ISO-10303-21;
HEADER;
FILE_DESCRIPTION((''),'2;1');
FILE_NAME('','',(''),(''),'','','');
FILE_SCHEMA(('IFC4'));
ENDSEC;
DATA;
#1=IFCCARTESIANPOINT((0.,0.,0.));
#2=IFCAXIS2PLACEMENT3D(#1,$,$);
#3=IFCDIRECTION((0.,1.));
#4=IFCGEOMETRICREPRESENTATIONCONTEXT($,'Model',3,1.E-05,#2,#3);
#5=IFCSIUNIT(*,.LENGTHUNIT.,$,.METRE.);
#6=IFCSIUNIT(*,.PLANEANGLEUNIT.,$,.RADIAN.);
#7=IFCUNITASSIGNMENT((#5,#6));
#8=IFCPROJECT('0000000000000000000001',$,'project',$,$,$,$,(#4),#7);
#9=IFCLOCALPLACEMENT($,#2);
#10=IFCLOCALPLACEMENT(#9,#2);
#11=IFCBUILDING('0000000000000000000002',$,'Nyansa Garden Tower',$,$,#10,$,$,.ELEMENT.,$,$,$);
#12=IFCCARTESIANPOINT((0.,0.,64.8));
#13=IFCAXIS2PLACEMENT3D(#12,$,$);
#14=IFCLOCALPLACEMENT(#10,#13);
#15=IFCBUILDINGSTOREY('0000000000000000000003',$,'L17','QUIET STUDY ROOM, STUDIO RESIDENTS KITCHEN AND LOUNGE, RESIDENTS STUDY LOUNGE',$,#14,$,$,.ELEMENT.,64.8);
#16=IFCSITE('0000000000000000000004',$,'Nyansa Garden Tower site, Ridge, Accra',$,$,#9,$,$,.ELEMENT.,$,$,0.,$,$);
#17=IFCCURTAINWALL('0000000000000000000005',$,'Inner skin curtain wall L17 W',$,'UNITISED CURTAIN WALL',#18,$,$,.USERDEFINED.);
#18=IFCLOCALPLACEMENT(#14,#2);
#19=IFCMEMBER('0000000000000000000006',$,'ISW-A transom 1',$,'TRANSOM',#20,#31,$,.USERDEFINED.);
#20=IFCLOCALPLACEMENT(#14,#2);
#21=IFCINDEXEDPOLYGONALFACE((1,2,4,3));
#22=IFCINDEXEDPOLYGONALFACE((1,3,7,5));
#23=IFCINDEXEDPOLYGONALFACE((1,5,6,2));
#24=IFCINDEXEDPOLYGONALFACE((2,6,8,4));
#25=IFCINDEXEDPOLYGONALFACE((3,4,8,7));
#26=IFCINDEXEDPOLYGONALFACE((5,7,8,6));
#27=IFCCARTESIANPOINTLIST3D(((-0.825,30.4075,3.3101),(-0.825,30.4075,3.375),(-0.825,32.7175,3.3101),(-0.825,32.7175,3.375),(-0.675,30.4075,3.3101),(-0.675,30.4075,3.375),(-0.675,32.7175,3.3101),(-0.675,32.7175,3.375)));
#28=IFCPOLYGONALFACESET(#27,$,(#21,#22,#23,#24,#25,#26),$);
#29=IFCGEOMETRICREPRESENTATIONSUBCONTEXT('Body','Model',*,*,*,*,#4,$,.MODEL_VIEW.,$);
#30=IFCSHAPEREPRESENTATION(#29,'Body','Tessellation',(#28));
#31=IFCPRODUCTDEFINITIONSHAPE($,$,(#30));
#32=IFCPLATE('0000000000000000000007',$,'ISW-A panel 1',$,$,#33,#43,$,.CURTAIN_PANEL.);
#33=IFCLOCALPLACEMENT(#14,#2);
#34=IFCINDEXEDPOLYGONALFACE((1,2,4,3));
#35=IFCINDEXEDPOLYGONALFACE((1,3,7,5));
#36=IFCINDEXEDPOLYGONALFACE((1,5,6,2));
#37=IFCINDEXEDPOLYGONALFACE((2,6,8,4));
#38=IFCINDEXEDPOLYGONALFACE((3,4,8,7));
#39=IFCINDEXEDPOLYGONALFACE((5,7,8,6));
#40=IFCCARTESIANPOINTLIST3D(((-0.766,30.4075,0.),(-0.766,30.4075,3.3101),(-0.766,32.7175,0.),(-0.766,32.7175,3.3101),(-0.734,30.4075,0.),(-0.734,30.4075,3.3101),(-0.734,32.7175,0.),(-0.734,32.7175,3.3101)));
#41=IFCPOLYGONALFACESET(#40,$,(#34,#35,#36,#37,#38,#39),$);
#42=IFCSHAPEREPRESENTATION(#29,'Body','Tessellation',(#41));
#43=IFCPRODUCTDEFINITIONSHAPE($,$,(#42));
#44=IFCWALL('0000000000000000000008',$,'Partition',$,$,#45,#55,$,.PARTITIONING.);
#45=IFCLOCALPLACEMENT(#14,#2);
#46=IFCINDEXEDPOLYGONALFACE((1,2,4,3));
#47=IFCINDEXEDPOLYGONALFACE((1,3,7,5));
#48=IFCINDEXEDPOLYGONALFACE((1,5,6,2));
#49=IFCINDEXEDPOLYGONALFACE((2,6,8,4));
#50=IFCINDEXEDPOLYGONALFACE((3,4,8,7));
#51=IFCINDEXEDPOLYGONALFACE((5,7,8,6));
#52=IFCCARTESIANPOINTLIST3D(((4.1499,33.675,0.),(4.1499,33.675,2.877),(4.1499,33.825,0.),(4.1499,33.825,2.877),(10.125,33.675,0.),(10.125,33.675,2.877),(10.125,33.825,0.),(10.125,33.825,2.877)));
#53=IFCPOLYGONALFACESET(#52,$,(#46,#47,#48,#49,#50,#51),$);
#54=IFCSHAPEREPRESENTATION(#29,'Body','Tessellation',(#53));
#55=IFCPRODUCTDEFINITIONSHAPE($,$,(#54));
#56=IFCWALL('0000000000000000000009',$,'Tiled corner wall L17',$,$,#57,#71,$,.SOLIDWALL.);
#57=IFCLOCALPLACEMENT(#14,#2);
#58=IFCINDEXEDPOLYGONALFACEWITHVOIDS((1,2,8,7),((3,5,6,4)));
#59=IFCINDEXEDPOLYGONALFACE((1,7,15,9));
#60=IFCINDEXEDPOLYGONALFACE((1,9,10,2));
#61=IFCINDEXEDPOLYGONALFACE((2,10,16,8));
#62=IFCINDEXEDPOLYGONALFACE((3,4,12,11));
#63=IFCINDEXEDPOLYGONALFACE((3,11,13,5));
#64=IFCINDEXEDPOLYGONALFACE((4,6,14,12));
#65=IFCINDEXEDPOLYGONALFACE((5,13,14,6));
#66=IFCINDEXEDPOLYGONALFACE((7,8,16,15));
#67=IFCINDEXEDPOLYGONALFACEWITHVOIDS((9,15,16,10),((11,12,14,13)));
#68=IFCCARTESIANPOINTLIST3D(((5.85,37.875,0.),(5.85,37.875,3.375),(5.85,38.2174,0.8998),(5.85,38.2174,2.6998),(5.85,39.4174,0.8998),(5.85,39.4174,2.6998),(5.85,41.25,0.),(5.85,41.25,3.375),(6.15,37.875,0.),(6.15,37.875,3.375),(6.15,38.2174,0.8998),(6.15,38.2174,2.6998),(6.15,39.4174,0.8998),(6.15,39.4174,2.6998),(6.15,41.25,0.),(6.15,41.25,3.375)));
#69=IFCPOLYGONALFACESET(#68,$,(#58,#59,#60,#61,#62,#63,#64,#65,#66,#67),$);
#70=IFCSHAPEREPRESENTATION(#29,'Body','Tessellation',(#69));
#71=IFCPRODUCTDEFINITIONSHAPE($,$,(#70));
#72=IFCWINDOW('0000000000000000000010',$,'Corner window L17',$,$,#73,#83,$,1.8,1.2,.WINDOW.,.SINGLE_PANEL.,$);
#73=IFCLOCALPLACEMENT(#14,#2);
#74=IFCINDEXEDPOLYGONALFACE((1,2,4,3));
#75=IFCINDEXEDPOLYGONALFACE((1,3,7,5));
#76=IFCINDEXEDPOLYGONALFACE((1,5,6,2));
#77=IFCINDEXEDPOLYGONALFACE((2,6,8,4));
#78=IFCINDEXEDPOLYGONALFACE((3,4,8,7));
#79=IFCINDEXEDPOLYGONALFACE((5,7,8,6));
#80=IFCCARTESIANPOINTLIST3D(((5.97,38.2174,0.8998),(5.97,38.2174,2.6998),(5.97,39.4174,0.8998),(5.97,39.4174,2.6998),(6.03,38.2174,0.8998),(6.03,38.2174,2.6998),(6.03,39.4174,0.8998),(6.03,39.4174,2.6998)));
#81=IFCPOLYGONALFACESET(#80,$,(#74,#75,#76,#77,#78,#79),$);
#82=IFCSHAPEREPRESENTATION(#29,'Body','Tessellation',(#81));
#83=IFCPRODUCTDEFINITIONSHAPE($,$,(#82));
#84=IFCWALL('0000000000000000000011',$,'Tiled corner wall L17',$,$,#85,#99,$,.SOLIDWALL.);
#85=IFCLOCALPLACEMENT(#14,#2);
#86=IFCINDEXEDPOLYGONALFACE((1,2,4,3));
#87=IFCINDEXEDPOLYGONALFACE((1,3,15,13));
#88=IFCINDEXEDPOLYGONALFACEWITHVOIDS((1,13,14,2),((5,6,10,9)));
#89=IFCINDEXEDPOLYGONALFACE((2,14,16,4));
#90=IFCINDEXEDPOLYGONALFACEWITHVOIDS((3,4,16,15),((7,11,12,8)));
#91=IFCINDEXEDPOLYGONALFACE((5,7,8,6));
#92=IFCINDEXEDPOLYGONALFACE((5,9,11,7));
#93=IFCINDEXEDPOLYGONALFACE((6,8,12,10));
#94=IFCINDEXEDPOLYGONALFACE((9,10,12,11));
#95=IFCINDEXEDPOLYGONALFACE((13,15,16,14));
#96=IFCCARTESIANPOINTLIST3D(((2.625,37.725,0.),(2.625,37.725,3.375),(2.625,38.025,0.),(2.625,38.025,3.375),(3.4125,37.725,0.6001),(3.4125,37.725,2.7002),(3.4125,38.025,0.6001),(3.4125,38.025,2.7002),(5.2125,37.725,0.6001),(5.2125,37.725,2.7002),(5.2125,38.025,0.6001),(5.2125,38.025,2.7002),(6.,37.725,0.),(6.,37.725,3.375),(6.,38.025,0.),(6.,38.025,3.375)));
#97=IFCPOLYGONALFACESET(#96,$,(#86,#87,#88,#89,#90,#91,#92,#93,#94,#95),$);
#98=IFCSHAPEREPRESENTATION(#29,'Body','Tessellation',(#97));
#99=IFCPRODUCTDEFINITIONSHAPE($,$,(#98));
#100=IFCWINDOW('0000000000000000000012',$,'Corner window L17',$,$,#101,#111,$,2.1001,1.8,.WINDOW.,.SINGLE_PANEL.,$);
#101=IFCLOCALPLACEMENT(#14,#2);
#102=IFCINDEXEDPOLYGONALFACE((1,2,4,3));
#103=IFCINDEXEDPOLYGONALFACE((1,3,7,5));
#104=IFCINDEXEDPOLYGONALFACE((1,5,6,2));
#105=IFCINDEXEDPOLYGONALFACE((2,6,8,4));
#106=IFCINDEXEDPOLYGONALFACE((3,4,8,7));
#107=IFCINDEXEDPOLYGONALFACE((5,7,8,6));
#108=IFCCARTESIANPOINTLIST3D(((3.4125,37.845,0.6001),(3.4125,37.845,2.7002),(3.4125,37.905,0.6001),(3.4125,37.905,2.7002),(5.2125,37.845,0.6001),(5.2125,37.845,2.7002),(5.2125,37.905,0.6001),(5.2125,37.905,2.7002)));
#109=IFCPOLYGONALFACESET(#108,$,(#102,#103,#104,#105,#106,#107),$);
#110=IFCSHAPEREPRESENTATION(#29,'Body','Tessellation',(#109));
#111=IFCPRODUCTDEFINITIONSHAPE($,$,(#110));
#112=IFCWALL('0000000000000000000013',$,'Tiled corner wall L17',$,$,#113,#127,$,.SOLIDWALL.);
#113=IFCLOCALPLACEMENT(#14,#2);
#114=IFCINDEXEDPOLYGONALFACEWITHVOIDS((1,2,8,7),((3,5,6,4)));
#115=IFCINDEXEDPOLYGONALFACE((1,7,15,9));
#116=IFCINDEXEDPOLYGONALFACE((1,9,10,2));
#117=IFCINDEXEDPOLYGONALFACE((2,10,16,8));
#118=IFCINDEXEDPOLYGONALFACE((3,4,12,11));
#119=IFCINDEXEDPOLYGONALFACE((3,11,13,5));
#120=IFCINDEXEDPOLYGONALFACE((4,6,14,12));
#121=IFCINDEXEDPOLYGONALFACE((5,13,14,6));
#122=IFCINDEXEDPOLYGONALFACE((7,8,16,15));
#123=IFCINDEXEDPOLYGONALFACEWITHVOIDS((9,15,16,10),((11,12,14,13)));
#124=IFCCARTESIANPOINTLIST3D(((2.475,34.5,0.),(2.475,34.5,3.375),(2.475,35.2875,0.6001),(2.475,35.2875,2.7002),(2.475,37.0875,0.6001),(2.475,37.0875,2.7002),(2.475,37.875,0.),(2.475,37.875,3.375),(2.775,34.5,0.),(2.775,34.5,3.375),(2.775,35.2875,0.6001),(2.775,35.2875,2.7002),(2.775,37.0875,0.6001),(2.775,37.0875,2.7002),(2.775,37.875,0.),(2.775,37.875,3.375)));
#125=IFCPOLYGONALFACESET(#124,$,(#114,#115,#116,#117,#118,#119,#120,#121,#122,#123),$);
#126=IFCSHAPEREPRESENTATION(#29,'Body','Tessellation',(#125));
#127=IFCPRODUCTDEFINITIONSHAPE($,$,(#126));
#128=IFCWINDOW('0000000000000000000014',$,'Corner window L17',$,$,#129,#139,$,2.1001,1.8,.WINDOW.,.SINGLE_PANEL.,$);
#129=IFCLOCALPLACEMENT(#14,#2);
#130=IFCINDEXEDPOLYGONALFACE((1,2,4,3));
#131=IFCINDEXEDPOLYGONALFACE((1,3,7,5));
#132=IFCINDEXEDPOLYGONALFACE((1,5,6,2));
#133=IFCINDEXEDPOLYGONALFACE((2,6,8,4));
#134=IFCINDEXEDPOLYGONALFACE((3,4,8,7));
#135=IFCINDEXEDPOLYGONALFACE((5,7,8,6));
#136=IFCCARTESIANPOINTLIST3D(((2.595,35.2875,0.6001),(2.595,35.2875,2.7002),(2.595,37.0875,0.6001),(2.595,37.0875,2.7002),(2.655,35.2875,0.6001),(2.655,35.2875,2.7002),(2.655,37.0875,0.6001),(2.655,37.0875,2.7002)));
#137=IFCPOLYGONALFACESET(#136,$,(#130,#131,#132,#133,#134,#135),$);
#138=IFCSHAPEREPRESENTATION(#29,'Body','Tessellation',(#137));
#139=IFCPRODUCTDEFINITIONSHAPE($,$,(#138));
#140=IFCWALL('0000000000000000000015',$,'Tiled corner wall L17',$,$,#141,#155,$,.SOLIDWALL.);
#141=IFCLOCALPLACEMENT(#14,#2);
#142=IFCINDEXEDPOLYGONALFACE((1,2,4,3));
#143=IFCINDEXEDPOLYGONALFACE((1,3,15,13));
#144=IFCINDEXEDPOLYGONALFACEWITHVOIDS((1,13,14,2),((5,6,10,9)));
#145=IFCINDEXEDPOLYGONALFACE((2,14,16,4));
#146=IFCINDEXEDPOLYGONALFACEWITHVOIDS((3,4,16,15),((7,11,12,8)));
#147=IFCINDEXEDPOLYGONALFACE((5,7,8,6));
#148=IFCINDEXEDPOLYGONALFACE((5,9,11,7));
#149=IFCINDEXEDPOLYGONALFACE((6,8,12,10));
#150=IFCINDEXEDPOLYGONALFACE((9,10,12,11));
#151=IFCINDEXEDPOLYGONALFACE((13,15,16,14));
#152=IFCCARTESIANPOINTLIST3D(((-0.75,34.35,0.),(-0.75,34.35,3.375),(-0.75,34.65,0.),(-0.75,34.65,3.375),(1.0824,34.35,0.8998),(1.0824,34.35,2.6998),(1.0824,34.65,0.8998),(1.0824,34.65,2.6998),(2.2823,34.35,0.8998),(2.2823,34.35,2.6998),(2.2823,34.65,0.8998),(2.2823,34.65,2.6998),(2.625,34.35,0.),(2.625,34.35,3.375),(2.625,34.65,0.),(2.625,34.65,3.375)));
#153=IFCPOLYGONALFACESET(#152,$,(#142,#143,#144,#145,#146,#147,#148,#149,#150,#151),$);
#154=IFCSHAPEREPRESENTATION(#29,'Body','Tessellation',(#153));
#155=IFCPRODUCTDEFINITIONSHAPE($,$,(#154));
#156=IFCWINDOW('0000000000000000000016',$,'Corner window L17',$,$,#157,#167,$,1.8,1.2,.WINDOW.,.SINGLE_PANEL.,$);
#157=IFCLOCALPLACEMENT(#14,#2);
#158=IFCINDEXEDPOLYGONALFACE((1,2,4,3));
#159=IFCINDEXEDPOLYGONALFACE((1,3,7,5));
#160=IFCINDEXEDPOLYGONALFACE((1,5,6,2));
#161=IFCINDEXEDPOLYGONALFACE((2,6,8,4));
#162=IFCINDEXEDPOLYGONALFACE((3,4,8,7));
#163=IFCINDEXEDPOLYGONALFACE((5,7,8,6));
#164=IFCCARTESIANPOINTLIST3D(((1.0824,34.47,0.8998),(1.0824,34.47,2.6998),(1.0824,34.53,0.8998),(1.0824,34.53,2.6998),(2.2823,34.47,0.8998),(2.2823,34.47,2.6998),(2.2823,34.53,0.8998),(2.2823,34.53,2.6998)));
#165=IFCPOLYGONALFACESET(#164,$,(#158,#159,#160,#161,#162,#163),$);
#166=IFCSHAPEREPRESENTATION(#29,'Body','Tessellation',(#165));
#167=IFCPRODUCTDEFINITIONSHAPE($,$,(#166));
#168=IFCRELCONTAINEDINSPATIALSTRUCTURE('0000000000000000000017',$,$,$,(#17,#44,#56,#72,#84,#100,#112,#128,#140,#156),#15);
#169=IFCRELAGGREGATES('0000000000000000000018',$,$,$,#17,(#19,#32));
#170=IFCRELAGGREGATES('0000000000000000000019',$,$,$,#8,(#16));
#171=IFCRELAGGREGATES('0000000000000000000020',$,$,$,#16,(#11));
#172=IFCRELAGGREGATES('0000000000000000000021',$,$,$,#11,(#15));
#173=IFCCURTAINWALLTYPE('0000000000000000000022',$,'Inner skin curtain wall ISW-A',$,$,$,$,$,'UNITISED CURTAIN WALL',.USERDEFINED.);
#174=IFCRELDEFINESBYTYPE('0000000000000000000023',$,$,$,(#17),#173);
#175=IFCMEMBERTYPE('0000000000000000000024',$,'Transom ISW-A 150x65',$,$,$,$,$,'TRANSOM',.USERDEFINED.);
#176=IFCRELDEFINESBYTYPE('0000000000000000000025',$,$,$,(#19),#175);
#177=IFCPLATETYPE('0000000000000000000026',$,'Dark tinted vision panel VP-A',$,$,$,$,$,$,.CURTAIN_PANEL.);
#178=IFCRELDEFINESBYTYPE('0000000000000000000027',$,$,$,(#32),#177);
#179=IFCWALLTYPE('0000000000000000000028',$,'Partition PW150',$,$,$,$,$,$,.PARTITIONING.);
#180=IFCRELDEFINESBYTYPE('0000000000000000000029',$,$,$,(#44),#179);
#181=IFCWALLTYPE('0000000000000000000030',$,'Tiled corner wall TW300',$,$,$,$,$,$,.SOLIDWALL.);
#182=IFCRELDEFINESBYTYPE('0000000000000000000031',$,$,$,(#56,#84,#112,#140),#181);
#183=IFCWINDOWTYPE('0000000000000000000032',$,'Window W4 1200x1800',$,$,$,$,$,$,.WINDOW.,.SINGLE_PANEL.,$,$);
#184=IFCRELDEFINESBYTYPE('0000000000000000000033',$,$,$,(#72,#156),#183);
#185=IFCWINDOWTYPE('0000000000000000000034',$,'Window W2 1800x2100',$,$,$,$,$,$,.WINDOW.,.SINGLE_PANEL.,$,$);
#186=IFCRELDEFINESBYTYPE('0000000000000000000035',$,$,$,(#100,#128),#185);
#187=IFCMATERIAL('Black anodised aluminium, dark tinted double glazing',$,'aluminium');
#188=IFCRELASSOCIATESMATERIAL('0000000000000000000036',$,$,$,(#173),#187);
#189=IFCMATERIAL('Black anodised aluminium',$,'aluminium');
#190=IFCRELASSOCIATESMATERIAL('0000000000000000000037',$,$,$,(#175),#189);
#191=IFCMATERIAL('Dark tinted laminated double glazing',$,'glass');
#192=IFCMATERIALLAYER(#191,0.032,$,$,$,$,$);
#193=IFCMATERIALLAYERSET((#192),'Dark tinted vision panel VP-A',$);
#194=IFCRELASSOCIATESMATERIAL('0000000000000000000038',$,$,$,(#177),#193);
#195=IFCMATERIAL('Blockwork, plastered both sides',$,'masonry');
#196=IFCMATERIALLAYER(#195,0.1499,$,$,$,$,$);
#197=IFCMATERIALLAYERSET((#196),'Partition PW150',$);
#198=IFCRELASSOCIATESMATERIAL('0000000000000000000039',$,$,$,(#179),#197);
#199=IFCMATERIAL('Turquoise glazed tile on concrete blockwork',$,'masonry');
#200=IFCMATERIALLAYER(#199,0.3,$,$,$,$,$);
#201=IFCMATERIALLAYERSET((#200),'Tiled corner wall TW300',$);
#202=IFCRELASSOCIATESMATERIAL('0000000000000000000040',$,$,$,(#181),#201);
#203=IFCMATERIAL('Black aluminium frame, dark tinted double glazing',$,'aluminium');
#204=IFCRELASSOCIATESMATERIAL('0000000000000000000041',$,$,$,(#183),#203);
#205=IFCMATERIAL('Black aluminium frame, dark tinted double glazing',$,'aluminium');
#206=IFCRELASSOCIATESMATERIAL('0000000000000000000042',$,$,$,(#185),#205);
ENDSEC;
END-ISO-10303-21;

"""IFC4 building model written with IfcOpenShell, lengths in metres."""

from ifc_helpers import new_model, si_unit, direction, frame, frame_2d, origin, origin_2d, place, context, subcontext, project, spatial, rectangle, extrude, material, layer, layer_set, material_profile, profile_set, type_object, element, fill, aggregate, save


model = new_model("IFC4")

# Units and contexts
model_context = context("Model", 3, precision=1e-05, world=origin(), true_north=direction((0.0, 1.0)))
body_context = subcontext(model_context, "Body", "Model", "MODEL_VIEW")
ifc_project = project(units=[si_unit("LENGTHUNIT", "METRE"), si_unit("PLANEANGLEUNIT", "RADIAN")], contexts=[model_context])

# Site, building, storey
site_placement = place(None, origin())
site = spatial("IfcSite", under=ifc_project, at=site_placement, Name="Nyansa Garden Tower site, Ridge, Accra", CompositionType="ELEMENT", RefElevation=0.0)
building_placement = place(site_placement, origin())
building = spatial("IfcBuilding", under=site, at=building_placement, Name="Nyansa Garden Tower", CompositionType="ELEMENT")
storey_placement = place(building_placement, frame((0.0, 0.0, 64.8)))
storey = spatial("IfcBuildingStorey", under=building, at=storey_placement, Name="L17", Description="QUIET STUDY ROOM, STUDIO RESIDENTS KITCHEN AND LOUNGE, RESIDENTS STUDY LOUNGE", CompositionType="ELEMENT", Elevation=64.8)

# Curtain wall
ifc_material_1 = material(Name="Black anodised aluminium, dark tinted double glazing", Category="aluminium")
curtain_wall_type = type_object("IfcCurtainWallType", Name="Inner skin curtain wall ISW-A", ElementType="UNITISED CURTAIN WALL", PredefinedType="USERDEFINED", material=ifc_material_1)
curtain_wall_placement = place(storey_placement, origin())
curtain_wall = element("IfcCurtainWall", 1, at=curtain_wall_placement, inside=storey, type_object=curtain_wall_type, Name="Inner skin curtain wall L17 W", ObjectType="UNITISED CURTAIN WALL", PredefinedType="USERDEFINED")

# Member
ifc_material_2 = material(Name="Black anodised aluminium", Category="aluminium")
ifc_material_profile_1 = material_profile(ifc_material_2, rectangle(XDim=0.1499, YDim=0.0649, at=origin_2d()), Name="Transom 150x65")
ifc_profile_set_1 = profile_set([ifc_material_profile_1], Name="Black anodised aluminium")
member_type_1 = type_object("IfcMemberType", Name="Transom ISW-A 150x65", ElementType="TRANSOM", PredefinedType="USERDEFINED", material=ifc_profile_set_1)
member_1_placement = place(storey_placement, frame((-0.75, 32.7175, 3.3425), z_axis=(0.0, -1.0, 0.0), x_axis=(1.0, 0.0, 0.0)))
member_1 = element("IfcMember", 2, at=member_1_placement, type_object=member_type_1, Name="ISW-A transom 1", ObjectType="TRANSOM", PredefinedType="USERDEFINED", context=body_context, shape_type="SweptSolid", body=[
    extrude(rectangle(XDim=0.1499, YDim=0.0649, at=origin_2d()), origin(), (0.0, 0.0, 1.0), 2.3101),
])

# Plate
ifc_material_3 = material(Name="Dark tinted laminated double glazing", Category="glass")
ifc_layer_1 = layer(ifc_material_3, 0.032)
ifc_layer_set_1 = layer_set([ifc_layer_1], Name="Dark tinted vision panel VP-A")
plate_type = type_object("IfcPlateType", Name="Dark tinted vision panel VP-A", PredefinedType="CURTAIN_PANEL", material=ifc_layer_set_1)
plate_placement = place(storey_placement, frame((-0.75, 31.5625, 0.0), z_axis=(0.0, 0.0, 1.0), x_axis=(0.0, -1.0, 0.0)))
plate = element("IfcPlate", 3, at=plate_placement, type_object=plate_type, Name="ISW-A panel 1", PredefinedType="CURTAIN_PANEL", context=body_context, shape_type="SweptSolid", body=[
    extrude(rectangle(XDim=2.3101, YDim=0.032, at=origin_2d()), origin(), (0.0, 0.0, 1.0), 3.3101),
])
aggregate(curtain_wall, [member_1, plate])

# Wall
ifc_material_4 = material(Name="Blockwork, plastered both sides", Category="masonry")
ifc_layer_2 = layer(ifc_material_4, 0.1499)
ifc_layer_set_2 = layer_set([ifc_layer_2], Name="Partition PW150")
wall_type_1 = type_object("IfcWallType", Name="Partition PW150", PredefinedType="PARTITIONING", material=ifc_layer_set_2)
wall_1_placement = place(storey_placement, frame((4.1499, 33.75, 0.0), z_axis=(0.0, 0.0, 1.0), x_axis=(1.0, 0.0, 0.0)))
element("IfcWall", 4, at=wall_1_placement, inside=storey, type_object=wall_type_1, Name="Partition", PredefinedType="PARTITIONING", context=body_context, shape_type="SweptSolid", body=[
    extrude(rectangle(XDim=5.9751, YDim=0.1499, at=frame_2d((2.9875, 0.0))), origin(), (0.0, 0.0, 1.0), 2.877),
])

# Walls, openings, windows
ifc_material_5 = material(Name="Turquoise glazed tile on concrete blockwork", Category="masonry")
ifc_layer_3 = layer(ifc_material_5, 0.3)
ifc_layer_set_3 = layer_set([ifc_layer_3], Name="Tiled corner wall TW300")
wall_type_2 = type_object("IfcWallType", Name="Tiled corner wall TW300", PredefinedType="SOLIDWALL", material=ifc_layer_set_3)
wall_2_placement = place(storey_placement, frame((6.0, 41.25, 0.0), z_axis=(0.0, 0.0, 1.0), x_axis=(0.0, -1.0, 0.0)))
wall_2 = element("IfcWall", 5, at=wall_2_placement, inside=storey, type_object=wall_type_2, Name="Tiled corner wall L17", PredefinedType="SOLIDWALL", context=body_context, shape_type="SweptSolid", body=[
    extrude(rectangle(XDim=3.375, YDim=0.3, at=frame_2d((1.6875, 0.0))), origin(), (0.0, 0.0, 1.0), 3.375),
])
opening_1_placement = place(wall_2_placement, frame((1.8325, 0.0, 0.8999)))
opening_1 = element("IfcOpeningElement", 6, at=opening_1_placement, cuts=wall_2, PredefinedType="OPENING", context=body_context, shape_type="SweptSolid", body=[
    extrude(rectangle(XDim=1.2, YDim=1.8, at=frame_2d((0.6001, 0.8999))), frame((0.0, 0.1599, 0.0), z_axis=(0.0, -1.0, 0.0), x_axis=(1.0, 0.0, 0.0)), (0.0, 0.0, 1.0), 0.3201),
])
ifc_material_6 = material(Name="Black aluminium frame, dark tinted double glazing", Category="aluminium")
window_type_1 = type_object("IfcWindowType", Name="Window W4 1200x1800", PartitioningType="SINGLE_PANEL", PredefinedType="WINDOW", material=ifc_material_6)
window_1_placement = place(opening_1_placement, origin())
window_1 = element("IfcWindow", 7, at=window_1_placement, inside=storey, type_object=window_type_1, Name="Corner window L17", OverallHeight=1.8, OverallWidth=1.2, PartitioningType="SINGLE_PANEL", PredefinedType="WINDOW", context=body_context, shape_type="SweptSolid", body=[
    extrude(rectangle(XDim=1.2, YDim=1.8, at=frame_2d((0.6001, 0.8999))), frame((0.0, 0.03, 0.0), z_axis=(0.0, -1.0, 0.0), x_axis=(1.0, 0.0, 0.0)), (0.0, 0.0, 1.0), 0.0601),
])
fill(opening_1, window_1)
wall_3_placement = place(storey_placement, frame((6.0, 37.875, 0.0), z_axis=(0.0, 0.0, 1.0), x_axis=(-1.0, 0.0, 0.0)))
wall_3 = element("IfcWall", 8, at=wall_3_placement, inside=storey, type_object=wall_type_2, Name="Tiled corner wall L17", PredefinedType="SOLIDWALL", context=body_context, shape_type="SweptSolid", body=[
    extrude(rectangle(XDim=3.375, YDim=0.3, at=frame_2d((1.6875, 0.0))), origin(), (0.0, 0.0, 1.0), 3.375),
])
opening_2_placement = place(wall_3_placement, frame((0.7876, 0.0, 0.6001)))
opening_2 = element("IfcOpeningElement", 9, at=opening_2_placement, cuts=wall_3, PredefinedType="OPENING", context=body_context, shape_type="SweptSolid", body=[
    extrude(rectangle(XDim=1.8, YDim=2.1001, at=frame_2d((0.8999, 1.05))), frame((0.0, 0.1599, 0.0), z_axis=(0.0, -1.0, 0.0), x_axis=(1.0, 0.0, 0.0)), (0.0, 0.0, 1.0), 0.3201),
])
ifc_material_7 = material(Name="Black aluminium frame, dark tinted double glazing", Category="aluminium")
window_type_2 = type_object("IfcWindowType", Name="Window W2 1800x2100", PartitioningType="SINGLE_PANEL", PredefinedType="WINDOW", material=ifc_material_7)
window_2_placement = place(opening_2_placement, origin())
window_2 = element("IfcWindow", 10, at=window_2_placement, inside=storey, type_object=window_type_2, Name="Corner window L17", OverallHeight=2.1001, OverallWidth=1.8, PartitioningType="SINGLE_PANEL", PredefinedType="WINDOW", context=body_context, shape_type="SweptSolid", body=[
    extrude(rectangle(XDim=1.8, YDim=2.1001, at=frame_2d((0.8999, 1.05))), frame((0.0, 0.03, 0.0), z_axis=(0.0, -1.0, 0.0), x_axis=(1.0, 0.0, 0.0)), (0.0, 0.0, 1.0), 0.0601),
])
fill(opening_2, window_2)
wall_4_placement = place(storey_placement, frame((2.625, 37.875, 0.0), z_axis=(0.0, 0.0, 1.0), x_axis=(0.0, -1.0, 0.0)))
wall_4 = element("IfcWall", 11, at=wall_4_placement, inside=storey, type_object=wall_type_2, Name="Tiled corner wall L17", PredefinedType="SOLIDWALL", context=body_context, shape_type="SweptSolid", body=[
    extrude(rectangle(XDim=3.375, YDim=0.3, at=frame_2d((1.6875, 0.0))), origin(), (0.0, 0.0, 1.0), 3.375),
])
opening_3_placement = place(wall_4_placement, frame((0.7876, 0.0, 0.6001)))
opening_3 = element("IfcOpeningElement", 12, at=opening_3_placement, cuts=wall_4, PredefinedType="OPENING", context=body_context, shape_type="SweptSolid", body=[
    extrude(rectangle(XDim=1.8, YDim=2.1001, at=frame_2d((0.8999, 1.05))), frame((0.0, 0.1599, 0.0), z_axis=(0.0, -1.0, 0.0), x_axis=(1.0, 0.0, 0.0)), (0.0, 0.0, 1.0), 0.3201),
])
window_3_placement = place(opening_3_placement, origin())
window_3 = element("IfcWindow", 13, at=window_3_placement, inside=storey, type_object=window_type_2, Name="Corner window L17", OverallHeight=2.1001, OverallWidth=1.8, PartitioningType="SINGLE_PANEL", PredefinedType="WINDOW", context=body_context, shape_type="SweptSolid", body=[
    extrude(rectangle(XDim=1.8, YDim=2.1001, at=frame_2d((0.8999, 1.05))), frame((0.0, 0.03, 0.0), z_axis=(0.0, -1.0, 0.0), x_axis=(1.0, 0.0, 0.0)), (0.0, 0.0, 1.0), 0.0601),
])
fill(opening_3, window_3)
wall_5_placement = place(storey_placement, frame((2.625, 34.5, 0.0), z_axis=(0.0, 0.0, 1.0), x_axis=(-1.0, 0.0, 0.0)))
wall_5 = element("IfcWall", 14, at=wall_5_placement, inside=storey, type_object=wall_type_2, Name="Tiled corner wall L17", PredefinedType="SOLIDWALL", context=body_context, shape_type="SweptSolid", body=[
    extrude(rectangle(XDim=3.375, YDim=0.3, at=frame_2d((1.6875, 0.0))), origin(), (0.0, 0.0, 1.0), 3.375),
])
opening_4_placement = place(wall_5_placement, frame((0.3425, 0.0, 0.8999)))
opening_4 = element("IfcOpeningElement", 15, at=opening_4_placement, cuts=wall_5, PredefinedType="OPENING", context=body_context, shape_type="SweptSolid", body=[
    extrude(rectangle(XDim=1.2, YDim=1.8, at=frame_2d((0.6001, 0.8999))), frame((0.0, 0.1599, 0.0), z_axis=(0.0, -1.0, 0.0), x_axis=(1.0, 0.0, 0.0)), (0.0, 0.0, 1.0), 0.3201),
])
window_4_placement = place(opening_4_placement, origin())
window_4 = element("IfcWindow", 16, at=window_4_placement, inside=storey, type_object=window_type_1, Name="Corner window L17", OverallHeight=1.8, OverallWidth=1.2, PartitioningType="SINGLE_PANEL", PredefinedType="WINDOW", context=body_context, shape_type="SweptSolid", body=[
    extrude(rectangle(XDim=1.2, YDim=1.8, at=frame_2d((0.6001, 0.8999))), frame((0.0, 0.03, 0.0), z_axis=(0.0, -1.0, 0.0), x_axis=(1.0, 0.0, 0.0)), (0.0, 0.0, 1.0), 0.0601),
])
fill(opening_4, window_4)

save(model, "model.ifc")
